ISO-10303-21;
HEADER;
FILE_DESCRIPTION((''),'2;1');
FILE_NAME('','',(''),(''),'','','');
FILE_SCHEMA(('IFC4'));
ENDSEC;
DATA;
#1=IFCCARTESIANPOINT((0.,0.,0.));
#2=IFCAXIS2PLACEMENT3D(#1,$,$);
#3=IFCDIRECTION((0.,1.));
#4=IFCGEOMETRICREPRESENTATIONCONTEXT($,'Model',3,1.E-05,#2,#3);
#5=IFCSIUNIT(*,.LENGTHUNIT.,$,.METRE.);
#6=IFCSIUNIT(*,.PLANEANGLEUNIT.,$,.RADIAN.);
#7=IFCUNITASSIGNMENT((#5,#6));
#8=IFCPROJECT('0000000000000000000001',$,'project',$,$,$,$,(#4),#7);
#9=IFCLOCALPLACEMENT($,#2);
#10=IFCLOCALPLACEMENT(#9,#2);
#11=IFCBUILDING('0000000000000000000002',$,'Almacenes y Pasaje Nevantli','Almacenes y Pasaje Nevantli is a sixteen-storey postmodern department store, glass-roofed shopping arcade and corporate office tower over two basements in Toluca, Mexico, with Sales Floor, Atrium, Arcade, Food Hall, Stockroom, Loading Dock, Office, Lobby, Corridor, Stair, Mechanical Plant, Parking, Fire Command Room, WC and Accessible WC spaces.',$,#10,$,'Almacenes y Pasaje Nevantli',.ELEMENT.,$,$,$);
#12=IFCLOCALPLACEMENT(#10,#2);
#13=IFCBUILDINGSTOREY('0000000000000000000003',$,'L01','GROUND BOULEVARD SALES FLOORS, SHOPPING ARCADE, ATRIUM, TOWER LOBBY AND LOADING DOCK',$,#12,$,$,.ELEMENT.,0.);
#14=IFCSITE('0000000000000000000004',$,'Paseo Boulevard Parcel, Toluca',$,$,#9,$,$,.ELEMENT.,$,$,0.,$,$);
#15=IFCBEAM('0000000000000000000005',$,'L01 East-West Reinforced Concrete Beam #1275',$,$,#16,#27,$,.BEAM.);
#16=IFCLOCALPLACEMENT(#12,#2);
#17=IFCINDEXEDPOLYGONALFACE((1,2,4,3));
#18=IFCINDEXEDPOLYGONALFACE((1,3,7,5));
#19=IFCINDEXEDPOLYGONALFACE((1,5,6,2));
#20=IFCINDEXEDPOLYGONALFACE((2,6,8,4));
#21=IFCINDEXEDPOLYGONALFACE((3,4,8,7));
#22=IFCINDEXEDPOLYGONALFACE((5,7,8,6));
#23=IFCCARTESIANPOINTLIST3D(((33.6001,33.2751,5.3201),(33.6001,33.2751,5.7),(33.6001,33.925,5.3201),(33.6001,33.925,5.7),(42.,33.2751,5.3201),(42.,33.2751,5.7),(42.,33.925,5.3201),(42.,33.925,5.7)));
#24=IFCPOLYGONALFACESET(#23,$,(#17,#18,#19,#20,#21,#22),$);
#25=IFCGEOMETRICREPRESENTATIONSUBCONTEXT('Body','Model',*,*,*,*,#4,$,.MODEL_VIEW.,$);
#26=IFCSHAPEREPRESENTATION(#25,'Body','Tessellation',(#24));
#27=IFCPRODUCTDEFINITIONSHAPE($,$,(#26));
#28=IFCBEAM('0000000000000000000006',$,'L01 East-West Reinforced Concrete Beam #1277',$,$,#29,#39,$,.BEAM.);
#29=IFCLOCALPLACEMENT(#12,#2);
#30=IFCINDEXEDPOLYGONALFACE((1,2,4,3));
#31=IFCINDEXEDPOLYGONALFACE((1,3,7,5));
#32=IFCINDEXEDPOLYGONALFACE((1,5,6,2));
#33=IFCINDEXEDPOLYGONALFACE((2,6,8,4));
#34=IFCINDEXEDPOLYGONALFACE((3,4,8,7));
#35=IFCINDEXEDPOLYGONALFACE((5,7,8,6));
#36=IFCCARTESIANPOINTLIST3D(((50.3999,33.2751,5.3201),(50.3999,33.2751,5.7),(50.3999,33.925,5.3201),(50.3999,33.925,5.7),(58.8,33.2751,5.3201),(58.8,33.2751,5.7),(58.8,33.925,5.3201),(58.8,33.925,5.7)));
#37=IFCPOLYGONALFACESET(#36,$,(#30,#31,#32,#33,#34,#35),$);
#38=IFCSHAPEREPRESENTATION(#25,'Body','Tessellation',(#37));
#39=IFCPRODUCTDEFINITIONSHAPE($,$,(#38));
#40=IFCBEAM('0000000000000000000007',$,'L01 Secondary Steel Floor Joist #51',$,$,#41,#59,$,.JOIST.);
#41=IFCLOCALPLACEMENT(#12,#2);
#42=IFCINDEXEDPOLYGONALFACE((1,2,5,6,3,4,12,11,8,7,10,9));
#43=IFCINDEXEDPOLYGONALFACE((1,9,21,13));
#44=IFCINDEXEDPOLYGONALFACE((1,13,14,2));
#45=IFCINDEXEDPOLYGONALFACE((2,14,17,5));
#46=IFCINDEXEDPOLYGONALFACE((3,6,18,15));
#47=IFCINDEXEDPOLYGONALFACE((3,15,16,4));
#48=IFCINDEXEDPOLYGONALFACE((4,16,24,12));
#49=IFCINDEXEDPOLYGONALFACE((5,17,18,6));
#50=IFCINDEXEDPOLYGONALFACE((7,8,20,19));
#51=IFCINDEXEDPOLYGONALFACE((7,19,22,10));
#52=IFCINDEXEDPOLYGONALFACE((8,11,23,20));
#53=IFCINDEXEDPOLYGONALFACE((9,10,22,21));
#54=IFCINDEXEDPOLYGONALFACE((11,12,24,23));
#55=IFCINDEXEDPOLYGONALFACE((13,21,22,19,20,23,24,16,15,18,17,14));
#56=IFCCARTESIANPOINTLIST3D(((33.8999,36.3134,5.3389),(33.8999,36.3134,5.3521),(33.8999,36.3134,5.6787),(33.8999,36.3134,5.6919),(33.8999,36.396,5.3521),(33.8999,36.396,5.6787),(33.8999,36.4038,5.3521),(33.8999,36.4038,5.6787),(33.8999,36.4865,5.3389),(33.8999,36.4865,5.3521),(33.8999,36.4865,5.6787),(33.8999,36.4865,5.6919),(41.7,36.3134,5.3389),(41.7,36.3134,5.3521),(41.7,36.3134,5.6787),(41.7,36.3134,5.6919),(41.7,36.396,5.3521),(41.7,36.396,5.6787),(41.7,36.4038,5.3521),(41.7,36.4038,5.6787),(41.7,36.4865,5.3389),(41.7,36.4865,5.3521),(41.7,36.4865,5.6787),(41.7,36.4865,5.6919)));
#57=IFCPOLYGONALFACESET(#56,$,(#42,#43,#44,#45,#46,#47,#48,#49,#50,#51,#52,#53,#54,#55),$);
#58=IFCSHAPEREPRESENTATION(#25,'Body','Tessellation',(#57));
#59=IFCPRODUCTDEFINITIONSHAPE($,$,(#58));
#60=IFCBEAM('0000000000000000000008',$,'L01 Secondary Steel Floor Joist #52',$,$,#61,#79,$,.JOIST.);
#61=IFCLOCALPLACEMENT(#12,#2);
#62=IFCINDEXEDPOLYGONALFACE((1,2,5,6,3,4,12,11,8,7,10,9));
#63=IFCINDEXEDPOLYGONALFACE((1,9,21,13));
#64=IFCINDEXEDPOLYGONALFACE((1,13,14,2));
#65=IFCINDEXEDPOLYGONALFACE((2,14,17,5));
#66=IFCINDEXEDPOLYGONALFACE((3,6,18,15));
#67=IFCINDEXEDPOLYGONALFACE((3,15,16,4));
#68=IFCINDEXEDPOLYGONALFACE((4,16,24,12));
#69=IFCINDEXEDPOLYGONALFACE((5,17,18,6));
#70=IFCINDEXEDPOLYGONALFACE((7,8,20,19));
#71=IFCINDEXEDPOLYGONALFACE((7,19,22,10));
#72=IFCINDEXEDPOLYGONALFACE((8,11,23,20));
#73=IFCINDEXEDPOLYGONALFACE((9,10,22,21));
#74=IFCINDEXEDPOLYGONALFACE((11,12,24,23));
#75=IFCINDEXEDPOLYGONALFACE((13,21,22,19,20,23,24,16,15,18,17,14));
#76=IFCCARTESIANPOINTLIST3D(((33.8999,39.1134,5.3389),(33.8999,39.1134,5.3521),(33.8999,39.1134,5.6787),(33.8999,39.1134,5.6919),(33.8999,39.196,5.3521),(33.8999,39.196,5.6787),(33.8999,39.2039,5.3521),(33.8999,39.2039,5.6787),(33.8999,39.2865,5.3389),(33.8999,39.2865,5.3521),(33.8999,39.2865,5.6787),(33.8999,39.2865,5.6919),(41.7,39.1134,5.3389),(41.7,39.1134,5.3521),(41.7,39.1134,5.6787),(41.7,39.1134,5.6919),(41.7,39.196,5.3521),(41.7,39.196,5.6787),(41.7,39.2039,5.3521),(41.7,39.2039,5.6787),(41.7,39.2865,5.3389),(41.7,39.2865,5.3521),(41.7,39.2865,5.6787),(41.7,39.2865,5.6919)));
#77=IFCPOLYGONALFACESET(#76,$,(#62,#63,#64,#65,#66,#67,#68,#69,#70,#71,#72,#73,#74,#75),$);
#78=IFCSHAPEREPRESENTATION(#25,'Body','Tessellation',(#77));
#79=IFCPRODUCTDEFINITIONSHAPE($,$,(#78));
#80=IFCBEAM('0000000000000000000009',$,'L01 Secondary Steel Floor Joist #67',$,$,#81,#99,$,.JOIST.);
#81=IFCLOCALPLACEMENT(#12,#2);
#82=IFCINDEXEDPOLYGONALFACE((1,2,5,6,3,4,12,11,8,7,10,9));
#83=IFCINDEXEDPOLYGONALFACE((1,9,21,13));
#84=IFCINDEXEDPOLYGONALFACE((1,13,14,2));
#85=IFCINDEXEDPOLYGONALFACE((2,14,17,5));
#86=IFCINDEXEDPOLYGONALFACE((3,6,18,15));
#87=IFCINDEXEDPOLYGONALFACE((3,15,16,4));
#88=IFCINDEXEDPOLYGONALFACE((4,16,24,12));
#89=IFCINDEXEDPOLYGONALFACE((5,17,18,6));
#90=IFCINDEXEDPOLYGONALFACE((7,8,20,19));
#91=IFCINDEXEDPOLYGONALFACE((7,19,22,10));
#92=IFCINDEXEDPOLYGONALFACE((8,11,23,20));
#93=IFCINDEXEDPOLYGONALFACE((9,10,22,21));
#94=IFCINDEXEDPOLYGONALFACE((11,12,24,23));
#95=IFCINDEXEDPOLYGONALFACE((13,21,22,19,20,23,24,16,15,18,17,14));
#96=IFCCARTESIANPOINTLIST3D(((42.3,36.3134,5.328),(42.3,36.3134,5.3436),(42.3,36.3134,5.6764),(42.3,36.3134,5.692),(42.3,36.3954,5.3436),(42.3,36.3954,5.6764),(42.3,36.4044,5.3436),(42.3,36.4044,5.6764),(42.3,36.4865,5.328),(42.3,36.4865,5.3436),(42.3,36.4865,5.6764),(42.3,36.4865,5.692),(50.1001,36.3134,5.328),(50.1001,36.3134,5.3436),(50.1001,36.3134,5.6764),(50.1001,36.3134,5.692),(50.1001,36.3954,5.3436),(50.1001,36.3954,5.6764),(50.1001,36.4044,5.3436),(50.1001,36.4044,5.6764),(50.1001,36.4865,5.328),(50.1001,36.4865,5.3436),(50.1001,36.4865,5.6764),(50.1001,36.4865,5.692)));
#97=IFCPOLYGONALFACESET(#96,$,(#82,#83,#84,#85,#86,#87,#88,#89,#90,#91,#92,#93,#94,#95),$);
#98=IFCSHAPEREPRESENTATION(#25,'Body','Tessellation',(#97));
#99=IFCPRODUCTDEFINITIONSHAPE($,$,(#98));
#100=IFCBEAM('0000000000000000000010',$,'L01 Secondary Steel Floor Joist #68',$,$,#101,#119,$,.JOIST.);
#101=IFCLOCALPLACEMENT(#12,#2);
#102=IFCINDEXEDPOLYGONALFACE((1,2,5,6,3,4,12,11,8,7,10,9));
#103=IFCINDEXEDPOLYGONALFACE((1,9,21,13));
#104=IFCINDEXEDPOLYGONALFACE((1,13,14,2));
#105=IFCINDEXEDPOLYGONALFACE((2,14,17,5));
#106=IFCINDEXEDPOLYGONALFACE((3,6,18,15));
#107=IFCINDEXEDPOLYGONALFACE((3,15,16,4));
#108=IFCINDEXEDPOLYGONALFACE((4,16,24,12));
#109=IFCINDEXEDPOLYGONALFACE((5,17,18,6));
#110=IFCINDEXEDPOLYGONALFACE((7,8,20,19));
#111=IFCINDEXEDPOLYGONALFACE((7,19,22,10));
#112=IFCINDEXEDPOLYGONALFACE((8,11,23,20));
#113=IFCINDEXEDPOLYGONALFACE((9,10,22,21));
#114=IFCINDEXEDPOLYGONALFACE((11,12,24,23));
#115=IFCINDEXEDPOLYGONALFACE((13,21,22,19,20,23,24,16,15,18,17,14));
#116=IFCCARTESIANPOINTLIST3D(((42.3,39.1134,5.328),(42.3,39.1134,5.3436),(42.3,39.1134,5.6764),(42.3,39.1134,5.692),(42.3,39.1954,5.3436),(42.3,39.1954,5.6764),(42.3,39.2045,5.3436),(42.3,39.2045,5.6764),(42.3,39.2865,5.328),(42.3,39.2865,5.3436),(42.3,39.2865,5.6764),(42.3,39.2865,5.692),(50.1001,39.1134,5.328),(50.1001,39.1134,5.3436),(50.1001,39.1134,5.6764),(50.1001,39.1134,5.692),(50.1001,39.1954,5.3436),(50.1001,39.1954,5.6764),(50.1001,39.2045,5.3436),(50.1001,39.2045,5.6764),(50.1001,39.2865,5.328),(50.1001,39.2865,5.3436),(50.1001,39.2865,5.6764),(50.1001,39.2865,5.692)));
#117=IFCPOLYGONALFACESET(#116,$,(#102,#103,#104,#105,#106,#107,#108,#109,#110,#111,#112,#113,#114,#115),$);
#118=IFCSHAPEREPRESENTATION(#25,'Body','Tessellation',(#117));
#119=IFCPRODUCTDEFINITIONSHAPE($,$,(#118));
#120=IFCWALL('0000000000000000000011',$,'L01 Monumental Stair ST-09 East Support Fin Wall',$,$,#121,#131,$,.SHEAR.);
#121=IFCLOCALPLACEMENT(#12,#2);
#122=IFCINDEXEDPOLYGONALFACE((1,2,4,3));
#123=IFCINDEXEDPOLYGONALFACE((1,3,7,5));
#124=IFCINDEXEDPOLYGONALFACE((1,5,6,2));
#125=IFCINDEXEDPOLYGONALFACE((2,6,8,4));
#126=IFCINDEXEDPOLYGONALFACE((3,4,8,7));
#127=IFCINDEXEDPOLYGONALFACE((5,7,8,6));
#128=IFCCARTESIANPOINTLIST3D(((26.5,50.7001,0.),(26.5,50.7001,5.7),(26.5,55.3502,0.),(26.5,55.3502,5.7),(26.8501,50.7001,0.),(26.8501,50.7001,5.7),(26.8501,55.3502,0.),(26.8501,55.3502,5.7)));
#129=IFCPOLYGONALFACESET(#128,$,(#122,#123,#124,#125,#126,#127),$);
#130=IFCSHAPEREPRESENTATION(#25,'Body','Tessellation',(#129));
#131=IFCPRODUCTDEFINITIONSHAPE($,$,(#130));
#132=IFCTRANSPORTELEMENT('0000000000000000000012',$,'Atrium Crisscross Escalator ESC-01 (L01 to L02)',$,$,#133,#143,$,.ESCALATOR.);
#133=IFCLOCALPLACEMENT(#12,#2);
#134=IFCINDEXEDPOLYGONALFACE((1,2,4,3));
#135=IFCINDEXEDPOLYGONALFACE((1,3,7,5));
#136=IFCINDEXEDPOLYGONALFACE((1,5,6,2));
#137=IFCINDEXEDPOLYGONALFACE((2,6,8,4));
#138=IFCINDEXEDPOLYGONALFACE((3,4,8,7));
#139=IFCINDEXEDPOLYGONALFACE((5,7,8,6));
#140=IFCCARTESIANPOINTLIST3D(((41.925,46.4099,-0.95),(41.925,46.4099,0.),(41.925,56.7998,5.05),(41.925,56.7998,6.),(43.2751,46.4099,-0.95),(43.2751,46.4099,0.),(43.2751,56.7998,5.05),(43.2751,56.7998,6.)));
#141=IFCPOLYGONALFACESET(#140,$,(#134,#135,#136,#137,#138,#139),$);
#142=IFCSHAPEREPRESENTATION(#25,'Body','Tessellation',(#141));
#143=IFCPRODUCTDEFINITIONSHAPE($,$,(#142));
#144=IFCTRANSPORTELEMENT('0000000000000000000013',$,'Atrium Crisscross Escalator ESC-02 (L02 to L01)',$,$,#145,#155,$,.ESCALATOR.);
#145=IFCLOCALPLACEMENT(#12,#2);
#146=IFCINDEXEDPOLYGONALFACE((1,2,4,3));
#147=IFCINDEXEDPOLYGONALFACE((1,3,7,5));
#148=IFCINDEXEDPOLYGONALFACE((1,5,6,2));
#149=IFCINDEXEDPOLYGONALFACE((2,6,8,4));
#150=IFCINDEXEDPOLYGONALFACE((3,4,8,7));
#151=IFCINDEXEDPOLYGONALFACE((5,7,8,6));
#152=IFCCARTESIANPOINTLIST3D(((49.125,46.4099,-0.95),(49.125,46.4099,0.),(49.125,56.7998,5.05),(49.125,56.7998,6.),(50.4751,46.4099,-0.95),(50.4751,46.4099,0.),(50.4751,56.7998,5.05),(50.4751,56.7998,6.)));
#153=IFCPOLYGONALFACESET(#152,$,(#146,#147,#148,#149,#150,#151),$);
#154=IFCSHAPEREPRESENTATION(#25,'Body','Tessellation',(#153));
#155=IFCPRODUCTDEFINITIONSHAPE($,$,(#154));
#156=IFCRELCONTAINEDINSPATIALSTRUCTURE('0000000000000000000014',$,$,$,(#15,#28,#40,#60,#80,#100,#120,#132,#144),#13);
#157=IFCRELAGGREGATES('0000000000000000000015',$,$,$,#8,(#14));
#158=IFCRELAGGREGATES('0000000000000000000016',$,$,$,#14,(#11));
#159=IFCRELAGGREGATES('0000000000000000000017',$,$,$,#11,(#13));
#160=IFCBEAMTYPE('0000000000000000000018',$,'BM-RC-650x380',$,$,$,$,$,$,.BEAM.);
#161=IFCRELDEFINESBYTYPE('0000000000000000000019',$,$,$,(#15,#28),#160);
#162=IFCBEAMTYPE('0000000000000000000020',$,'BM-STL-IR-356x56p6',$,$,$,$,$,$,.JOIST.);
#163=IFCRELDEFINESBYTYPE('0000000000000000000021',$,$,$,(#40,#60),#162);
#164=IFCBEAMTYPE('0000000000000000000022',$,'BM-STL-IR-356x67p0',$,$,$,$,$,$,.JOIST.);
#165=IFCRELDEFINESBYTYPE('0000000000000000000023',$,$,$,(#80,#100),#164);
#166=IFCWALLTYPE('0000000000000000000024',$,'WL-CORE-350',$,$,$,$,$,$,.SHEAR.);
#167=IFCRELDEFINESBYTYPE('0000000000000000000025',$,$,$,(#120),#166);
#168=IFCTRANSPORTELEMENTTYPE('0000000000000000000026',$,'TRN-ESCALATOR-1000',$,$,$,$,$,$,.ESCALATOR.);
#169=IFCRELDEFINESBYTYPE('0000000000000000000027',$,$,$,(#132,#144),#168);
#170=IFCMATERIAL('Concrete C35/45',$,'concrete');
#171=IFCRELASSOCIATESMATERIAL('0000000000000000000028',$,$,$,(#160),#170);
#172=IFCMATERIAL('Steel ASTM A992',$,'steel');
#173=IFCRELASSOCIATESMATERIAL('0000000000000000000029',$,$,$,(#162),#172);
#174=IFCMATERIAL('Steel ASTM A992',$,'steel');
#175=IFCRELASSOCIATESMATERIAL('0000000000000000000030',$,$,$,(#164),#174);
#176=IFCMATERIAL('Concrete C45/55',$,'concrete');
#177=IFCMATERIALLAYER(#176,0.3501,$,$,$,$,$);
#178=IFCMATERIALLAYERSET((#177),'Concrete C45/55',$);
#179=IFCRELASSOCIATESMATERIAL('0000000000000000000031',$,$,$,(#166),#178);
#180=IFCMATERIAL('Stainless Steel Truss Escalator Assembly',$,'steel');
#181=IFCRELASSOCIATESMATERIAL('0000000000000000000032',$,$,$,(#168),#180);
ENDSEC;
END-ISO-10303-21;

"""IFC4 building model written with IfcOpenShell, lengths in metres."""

from ifc_helpers import new_model, si_unit, direction, frame, frame_2d, origin, origin_2d, place, context, subcontext, project, spatial, polyline, rectangle, i_section, outline, extrude, material, layer, layer_set, material_profile, profile_set, type_object, element, save


model = new_model("IFC4")

# Units and contexts
model_context = context("Model", 3, precision=1e-05, world=origin(), true_north=direction((0.0, 1.0)))
body_context = subcontext(model_context, "Body", "Model", "MODEL_VIEW")
ifc_project = project(units=[si_unit("LENGTHUNIT", "METRE"), si_unit("PLANEANGLEUNIT", "RADIAN")], contexts=[model_context])

# Site, building, storey
site_placement = place(None, origin())
site = spatial("IfcSite", under=ifc_project, at=site_placement, Name="Paseo Boulevard Parcel, Toluca", CompositionType="ELEMENT", RefElevation=0.0)
building_placement = place(site_placement, origin())
building = spatial("IfcBuilding", under=site, at=building_placement, Name="Almacenes y Pasaje Nevantli", Description="Almacenes y Pasaje Nevantli is a sixteen-storey postmodern department store, glass-roofed shopping arcade and corporate office tower over two basements in Toluca, Mexico, with Sales Floor, Atrium, Arcade, Food Hall, Stockroom, Loading Dock, Office, Lobby, Corridor, Stair, Mechanical Plant, Parking, Fire Command Room, WC and Accessible WC spaces.", LongName="Almacenes y Pasaje Nevantli", CompositionType="ELEMENT")
storey_placement = place(building_placement, origin())
storey = spatial("IfcBuildingStorey", under=building, at=storey_placement, Name="L01", Description="GROUND BOULEVARD SALES FLOORS, SHOPPING ARCADE, ATRIUM, TOWER LOBBY AND LOADING DOCK", CompositionType="ELEMENT", Elevation=0.0)

# Beams
ifc_material_1 = material(Name="Concrete C35/45", Category="concrete")
ifc_material_profile_1 = material_profile(ifc_material_1, rectangle(XDim=0.6499, YDim=0.3799, at=origin_2d()), Name="RC-BM-650x380")
ifc_profile_set_1 = profile_set([ifc_material_profile_1], Name="Concrete C35/45")
beam_type_1 = type_object("IfcBeamType", Name="BM-RC-650x380", PredefinedType="BEAM", material=ifc_profile_set_1)
beam_1_placement = place(storey_placement, frame((33.6001, 33.6001, 5.51), z_axis=(1.0, 0.0, 0.0), x_axis=(0.0, 1.0, 0.0)))
element("IfcBeam", 1, at=beam_1_placement, inside=storey, type_object=beam_type_1, Name="L01 East-West Reinforced Concrete Beam #1275", PredefinedType="BEAM", context=body_context, shape_type="SweptSolid", body=[
    extrude(rectangle(XDim=0.6499, YDim=0.3799, at=origin_2d()), origin(), (0.0, 0.0, 1.0), 8.3999),
])
beam_2_placement = place(storey_placement, frame((50.3999, 33.6001, 5.51), z_axis=(1.0, 0.0, 0.0), x_axis=(0.0, 1.0, 0.0)))
element("IfcBeam", 2, at=beam_2_placement, inside=storey, type_object=beam_type_1, Name="L01 East-West Reinforced Concrete Beam #1277", PredefinedType="BEAM", context=body_context, shape_type="SweptSolid", body=[
    extrude(rectangle(XDim=0.6499, YDim=0.3799, at=origin_2d()), origin(), (0.0, 0.0, 1.0), 8.4001),
])
ifc_material_2 = material(Name="Steel ASTM A992", Category="steel")
ifc_material_profile_2 = material_profile(ifc_material_2, i_section(OverallWidth=0.1731, OverallDepth=0.353, WebThickness=0.0078, FlangeThickness=0.0132, at=origin_2d()), Name="IR 356x56.6")
ifc_profile_set_2 = profile_set([ifc_material_profile_2], Name="Steel ASTM A992")
beam_type_2 = type_object("IfcBeamType", Name="BM-STL-IR-356x56p6", PredefinedType="JOIST", material=ifc_profile_set_2)
for number, where, z_axis, x_axis, name in (
    (3, (33.8999, 36.3999, 5.5154), (1.0, 0.0, 0.0), (0.0, 1.0, 0.0), "L01 Secondary Steel Floor Joist #51"),
    (4, (33.8999, 39.2, 5.5154), (1.0, 0.0, 0.0), (0.0, 1.0, 0.0), "L01 Secondary Steel Floor Joist #52"),
):
    element("IfcBeam", number, at=place(storey_placement, frame(where, z_axis=z_axis, x_axis=x_axis)), inside=storey, type_object=beam_type_2, Name=name, PredefinedType="JOIST", context=body_context, shape_type="SweptSolid", body=[
        extrude(i_section(OverallWidth=0.1731, OverallDepth=0.353, WebThickness=0.0078, FlangeThickness=0.0132, at=origin_2d()), origin(), (0.0, 0.0, 1.0), 7.8),
    ])
ifc_material_3 = material(Name="Steel ASTM A992", Category="steel")
ifc_material_profile_3 = material_profile(ifc_material_3, i_section(OverallWidth=0.1731, OverallDepth=0.364, WebThickness=0.009, FlangeThickness=0.0156, at=origin_2d()), Name="IR 356x67.0")
ifc_profile_set_3 = profile_set([ifc_material_profile_3], Name="Steel ASTM A992")
beam_type_3 = type_object("IfcBeamType", Name="BM-STL-IR-356x67p0", PredefinedType="JOIST", material=ifc_profile_set_3)
for number, where, z_axis, x_axis, name in (
    (5, (42.3, 36.3999, 5.51), (1.0, 0.0, 0.0), (0.0, 1.0, 0.0), "L01 Secondary Steel Floor Joist #67"),
    (6, (42.3, 39.2, 5.51), (1.0, 0.0, 0.0), (0.0, 1.0, 0.0), "L01 Secondary Steel Floor Joist #68"),
):
    element("IfcBeam", number, at=place(storey_placement, frame(where, z_axis=z_axis, x_axis=x_axis)), inside=storey, type_object=beam_type_3, Name=name, PredefinedType="JOIST", context=body_context, shape_type="SweptSolid", body=[
        extrude(i_section(OverallWidth=0.1731, OverallDepth=0.364, WebThickness=0.009, FlangeThickness=0.0156, at=origin_2d()), origin(), (0.0, 0.0, 1.0), 7.8),
    ])

# Wall
ifc_material_4 = material(Name="Concrete C45/55", Category="concrete")
ifc_layer = layer(ifc_material_4, 0.3501)
ifc_layer_set = layer_set([ifc_layer], Name="Concrete C45/55")
wall_type = type_object("IfcWallType", Name="WL-CORE-350", PredefinedType="SHEAR", material=ifc_layer_set)
wall_placement = place(storey_placement, frame((26.675, 50.7, 0.0), z_axis=(0.0, 0.0, 1.0), x_axis=(0.0, 1.0, 0.0)))
element("IfcWall", 7, at=wall_placement, inside=storey, type_object=wall_type, Name="L01 Monumental Stair ST-09 East Support Fin Wall", PredefinedType="SHEAR", context=body_context, shape_type="SweptSolid", body=[
    extrude(rectangle(XDim=4.6501, YDim=0.3501, at=frame_2d((2.3252, 0.0))), origin(), (0.0, 0.0, 1.0), 5.7),
])

# Transport elements
ifc_material_5 = material(Name="Stainless Steel Truss Escalator Assembly", Category="steel")
transport_element_type = type_object("IfcTransportElementType", Name="TRN-ESCALATOR-1000", PredefinedType="ESCALATOR", material=ifc_material_5)
for number, where, z_axis, x_axis, name in (
    (8, (42.6001, 46.4099, 0.0), (0.0, 0.0, 1.0), (0.0, 1.0, 0.0), "Atrium Crisscross Escalator ESC-01 (L01 to L02)"),
    (9, (49.8, 46.4099, 0.0), (0.0, 0.0, 1.0), (0.0, 1.0, 0.0), "Atrium Crisscross Escalator ESC-02 (L02 to L01)"),
):
    element("IfcTransportElement", number, at=place(storey_placement, frame(where, z_axis=z_axis, x_axis=x_axis)), inside=storey, type_object=transport_element_type, Name=name, PredefinedType="ESCALATOR", context=body_context, shape_type="SweptSolid", body=[
        extrude(outline(polyline([(0.0, -0.95), (10.3899, 5.05), (10.3899, 6.0), (0.0, 0.0), (0.0, -0.95)])), frame((0.0, 0.675, 0.0), z_axis=(0.0, -1.0, 0.0), x_axis=(1.0, 0.0, 0.0)), (0.0, 0.0, 1.0), 1.3501),
    ])

save(model, "model.ifc")
